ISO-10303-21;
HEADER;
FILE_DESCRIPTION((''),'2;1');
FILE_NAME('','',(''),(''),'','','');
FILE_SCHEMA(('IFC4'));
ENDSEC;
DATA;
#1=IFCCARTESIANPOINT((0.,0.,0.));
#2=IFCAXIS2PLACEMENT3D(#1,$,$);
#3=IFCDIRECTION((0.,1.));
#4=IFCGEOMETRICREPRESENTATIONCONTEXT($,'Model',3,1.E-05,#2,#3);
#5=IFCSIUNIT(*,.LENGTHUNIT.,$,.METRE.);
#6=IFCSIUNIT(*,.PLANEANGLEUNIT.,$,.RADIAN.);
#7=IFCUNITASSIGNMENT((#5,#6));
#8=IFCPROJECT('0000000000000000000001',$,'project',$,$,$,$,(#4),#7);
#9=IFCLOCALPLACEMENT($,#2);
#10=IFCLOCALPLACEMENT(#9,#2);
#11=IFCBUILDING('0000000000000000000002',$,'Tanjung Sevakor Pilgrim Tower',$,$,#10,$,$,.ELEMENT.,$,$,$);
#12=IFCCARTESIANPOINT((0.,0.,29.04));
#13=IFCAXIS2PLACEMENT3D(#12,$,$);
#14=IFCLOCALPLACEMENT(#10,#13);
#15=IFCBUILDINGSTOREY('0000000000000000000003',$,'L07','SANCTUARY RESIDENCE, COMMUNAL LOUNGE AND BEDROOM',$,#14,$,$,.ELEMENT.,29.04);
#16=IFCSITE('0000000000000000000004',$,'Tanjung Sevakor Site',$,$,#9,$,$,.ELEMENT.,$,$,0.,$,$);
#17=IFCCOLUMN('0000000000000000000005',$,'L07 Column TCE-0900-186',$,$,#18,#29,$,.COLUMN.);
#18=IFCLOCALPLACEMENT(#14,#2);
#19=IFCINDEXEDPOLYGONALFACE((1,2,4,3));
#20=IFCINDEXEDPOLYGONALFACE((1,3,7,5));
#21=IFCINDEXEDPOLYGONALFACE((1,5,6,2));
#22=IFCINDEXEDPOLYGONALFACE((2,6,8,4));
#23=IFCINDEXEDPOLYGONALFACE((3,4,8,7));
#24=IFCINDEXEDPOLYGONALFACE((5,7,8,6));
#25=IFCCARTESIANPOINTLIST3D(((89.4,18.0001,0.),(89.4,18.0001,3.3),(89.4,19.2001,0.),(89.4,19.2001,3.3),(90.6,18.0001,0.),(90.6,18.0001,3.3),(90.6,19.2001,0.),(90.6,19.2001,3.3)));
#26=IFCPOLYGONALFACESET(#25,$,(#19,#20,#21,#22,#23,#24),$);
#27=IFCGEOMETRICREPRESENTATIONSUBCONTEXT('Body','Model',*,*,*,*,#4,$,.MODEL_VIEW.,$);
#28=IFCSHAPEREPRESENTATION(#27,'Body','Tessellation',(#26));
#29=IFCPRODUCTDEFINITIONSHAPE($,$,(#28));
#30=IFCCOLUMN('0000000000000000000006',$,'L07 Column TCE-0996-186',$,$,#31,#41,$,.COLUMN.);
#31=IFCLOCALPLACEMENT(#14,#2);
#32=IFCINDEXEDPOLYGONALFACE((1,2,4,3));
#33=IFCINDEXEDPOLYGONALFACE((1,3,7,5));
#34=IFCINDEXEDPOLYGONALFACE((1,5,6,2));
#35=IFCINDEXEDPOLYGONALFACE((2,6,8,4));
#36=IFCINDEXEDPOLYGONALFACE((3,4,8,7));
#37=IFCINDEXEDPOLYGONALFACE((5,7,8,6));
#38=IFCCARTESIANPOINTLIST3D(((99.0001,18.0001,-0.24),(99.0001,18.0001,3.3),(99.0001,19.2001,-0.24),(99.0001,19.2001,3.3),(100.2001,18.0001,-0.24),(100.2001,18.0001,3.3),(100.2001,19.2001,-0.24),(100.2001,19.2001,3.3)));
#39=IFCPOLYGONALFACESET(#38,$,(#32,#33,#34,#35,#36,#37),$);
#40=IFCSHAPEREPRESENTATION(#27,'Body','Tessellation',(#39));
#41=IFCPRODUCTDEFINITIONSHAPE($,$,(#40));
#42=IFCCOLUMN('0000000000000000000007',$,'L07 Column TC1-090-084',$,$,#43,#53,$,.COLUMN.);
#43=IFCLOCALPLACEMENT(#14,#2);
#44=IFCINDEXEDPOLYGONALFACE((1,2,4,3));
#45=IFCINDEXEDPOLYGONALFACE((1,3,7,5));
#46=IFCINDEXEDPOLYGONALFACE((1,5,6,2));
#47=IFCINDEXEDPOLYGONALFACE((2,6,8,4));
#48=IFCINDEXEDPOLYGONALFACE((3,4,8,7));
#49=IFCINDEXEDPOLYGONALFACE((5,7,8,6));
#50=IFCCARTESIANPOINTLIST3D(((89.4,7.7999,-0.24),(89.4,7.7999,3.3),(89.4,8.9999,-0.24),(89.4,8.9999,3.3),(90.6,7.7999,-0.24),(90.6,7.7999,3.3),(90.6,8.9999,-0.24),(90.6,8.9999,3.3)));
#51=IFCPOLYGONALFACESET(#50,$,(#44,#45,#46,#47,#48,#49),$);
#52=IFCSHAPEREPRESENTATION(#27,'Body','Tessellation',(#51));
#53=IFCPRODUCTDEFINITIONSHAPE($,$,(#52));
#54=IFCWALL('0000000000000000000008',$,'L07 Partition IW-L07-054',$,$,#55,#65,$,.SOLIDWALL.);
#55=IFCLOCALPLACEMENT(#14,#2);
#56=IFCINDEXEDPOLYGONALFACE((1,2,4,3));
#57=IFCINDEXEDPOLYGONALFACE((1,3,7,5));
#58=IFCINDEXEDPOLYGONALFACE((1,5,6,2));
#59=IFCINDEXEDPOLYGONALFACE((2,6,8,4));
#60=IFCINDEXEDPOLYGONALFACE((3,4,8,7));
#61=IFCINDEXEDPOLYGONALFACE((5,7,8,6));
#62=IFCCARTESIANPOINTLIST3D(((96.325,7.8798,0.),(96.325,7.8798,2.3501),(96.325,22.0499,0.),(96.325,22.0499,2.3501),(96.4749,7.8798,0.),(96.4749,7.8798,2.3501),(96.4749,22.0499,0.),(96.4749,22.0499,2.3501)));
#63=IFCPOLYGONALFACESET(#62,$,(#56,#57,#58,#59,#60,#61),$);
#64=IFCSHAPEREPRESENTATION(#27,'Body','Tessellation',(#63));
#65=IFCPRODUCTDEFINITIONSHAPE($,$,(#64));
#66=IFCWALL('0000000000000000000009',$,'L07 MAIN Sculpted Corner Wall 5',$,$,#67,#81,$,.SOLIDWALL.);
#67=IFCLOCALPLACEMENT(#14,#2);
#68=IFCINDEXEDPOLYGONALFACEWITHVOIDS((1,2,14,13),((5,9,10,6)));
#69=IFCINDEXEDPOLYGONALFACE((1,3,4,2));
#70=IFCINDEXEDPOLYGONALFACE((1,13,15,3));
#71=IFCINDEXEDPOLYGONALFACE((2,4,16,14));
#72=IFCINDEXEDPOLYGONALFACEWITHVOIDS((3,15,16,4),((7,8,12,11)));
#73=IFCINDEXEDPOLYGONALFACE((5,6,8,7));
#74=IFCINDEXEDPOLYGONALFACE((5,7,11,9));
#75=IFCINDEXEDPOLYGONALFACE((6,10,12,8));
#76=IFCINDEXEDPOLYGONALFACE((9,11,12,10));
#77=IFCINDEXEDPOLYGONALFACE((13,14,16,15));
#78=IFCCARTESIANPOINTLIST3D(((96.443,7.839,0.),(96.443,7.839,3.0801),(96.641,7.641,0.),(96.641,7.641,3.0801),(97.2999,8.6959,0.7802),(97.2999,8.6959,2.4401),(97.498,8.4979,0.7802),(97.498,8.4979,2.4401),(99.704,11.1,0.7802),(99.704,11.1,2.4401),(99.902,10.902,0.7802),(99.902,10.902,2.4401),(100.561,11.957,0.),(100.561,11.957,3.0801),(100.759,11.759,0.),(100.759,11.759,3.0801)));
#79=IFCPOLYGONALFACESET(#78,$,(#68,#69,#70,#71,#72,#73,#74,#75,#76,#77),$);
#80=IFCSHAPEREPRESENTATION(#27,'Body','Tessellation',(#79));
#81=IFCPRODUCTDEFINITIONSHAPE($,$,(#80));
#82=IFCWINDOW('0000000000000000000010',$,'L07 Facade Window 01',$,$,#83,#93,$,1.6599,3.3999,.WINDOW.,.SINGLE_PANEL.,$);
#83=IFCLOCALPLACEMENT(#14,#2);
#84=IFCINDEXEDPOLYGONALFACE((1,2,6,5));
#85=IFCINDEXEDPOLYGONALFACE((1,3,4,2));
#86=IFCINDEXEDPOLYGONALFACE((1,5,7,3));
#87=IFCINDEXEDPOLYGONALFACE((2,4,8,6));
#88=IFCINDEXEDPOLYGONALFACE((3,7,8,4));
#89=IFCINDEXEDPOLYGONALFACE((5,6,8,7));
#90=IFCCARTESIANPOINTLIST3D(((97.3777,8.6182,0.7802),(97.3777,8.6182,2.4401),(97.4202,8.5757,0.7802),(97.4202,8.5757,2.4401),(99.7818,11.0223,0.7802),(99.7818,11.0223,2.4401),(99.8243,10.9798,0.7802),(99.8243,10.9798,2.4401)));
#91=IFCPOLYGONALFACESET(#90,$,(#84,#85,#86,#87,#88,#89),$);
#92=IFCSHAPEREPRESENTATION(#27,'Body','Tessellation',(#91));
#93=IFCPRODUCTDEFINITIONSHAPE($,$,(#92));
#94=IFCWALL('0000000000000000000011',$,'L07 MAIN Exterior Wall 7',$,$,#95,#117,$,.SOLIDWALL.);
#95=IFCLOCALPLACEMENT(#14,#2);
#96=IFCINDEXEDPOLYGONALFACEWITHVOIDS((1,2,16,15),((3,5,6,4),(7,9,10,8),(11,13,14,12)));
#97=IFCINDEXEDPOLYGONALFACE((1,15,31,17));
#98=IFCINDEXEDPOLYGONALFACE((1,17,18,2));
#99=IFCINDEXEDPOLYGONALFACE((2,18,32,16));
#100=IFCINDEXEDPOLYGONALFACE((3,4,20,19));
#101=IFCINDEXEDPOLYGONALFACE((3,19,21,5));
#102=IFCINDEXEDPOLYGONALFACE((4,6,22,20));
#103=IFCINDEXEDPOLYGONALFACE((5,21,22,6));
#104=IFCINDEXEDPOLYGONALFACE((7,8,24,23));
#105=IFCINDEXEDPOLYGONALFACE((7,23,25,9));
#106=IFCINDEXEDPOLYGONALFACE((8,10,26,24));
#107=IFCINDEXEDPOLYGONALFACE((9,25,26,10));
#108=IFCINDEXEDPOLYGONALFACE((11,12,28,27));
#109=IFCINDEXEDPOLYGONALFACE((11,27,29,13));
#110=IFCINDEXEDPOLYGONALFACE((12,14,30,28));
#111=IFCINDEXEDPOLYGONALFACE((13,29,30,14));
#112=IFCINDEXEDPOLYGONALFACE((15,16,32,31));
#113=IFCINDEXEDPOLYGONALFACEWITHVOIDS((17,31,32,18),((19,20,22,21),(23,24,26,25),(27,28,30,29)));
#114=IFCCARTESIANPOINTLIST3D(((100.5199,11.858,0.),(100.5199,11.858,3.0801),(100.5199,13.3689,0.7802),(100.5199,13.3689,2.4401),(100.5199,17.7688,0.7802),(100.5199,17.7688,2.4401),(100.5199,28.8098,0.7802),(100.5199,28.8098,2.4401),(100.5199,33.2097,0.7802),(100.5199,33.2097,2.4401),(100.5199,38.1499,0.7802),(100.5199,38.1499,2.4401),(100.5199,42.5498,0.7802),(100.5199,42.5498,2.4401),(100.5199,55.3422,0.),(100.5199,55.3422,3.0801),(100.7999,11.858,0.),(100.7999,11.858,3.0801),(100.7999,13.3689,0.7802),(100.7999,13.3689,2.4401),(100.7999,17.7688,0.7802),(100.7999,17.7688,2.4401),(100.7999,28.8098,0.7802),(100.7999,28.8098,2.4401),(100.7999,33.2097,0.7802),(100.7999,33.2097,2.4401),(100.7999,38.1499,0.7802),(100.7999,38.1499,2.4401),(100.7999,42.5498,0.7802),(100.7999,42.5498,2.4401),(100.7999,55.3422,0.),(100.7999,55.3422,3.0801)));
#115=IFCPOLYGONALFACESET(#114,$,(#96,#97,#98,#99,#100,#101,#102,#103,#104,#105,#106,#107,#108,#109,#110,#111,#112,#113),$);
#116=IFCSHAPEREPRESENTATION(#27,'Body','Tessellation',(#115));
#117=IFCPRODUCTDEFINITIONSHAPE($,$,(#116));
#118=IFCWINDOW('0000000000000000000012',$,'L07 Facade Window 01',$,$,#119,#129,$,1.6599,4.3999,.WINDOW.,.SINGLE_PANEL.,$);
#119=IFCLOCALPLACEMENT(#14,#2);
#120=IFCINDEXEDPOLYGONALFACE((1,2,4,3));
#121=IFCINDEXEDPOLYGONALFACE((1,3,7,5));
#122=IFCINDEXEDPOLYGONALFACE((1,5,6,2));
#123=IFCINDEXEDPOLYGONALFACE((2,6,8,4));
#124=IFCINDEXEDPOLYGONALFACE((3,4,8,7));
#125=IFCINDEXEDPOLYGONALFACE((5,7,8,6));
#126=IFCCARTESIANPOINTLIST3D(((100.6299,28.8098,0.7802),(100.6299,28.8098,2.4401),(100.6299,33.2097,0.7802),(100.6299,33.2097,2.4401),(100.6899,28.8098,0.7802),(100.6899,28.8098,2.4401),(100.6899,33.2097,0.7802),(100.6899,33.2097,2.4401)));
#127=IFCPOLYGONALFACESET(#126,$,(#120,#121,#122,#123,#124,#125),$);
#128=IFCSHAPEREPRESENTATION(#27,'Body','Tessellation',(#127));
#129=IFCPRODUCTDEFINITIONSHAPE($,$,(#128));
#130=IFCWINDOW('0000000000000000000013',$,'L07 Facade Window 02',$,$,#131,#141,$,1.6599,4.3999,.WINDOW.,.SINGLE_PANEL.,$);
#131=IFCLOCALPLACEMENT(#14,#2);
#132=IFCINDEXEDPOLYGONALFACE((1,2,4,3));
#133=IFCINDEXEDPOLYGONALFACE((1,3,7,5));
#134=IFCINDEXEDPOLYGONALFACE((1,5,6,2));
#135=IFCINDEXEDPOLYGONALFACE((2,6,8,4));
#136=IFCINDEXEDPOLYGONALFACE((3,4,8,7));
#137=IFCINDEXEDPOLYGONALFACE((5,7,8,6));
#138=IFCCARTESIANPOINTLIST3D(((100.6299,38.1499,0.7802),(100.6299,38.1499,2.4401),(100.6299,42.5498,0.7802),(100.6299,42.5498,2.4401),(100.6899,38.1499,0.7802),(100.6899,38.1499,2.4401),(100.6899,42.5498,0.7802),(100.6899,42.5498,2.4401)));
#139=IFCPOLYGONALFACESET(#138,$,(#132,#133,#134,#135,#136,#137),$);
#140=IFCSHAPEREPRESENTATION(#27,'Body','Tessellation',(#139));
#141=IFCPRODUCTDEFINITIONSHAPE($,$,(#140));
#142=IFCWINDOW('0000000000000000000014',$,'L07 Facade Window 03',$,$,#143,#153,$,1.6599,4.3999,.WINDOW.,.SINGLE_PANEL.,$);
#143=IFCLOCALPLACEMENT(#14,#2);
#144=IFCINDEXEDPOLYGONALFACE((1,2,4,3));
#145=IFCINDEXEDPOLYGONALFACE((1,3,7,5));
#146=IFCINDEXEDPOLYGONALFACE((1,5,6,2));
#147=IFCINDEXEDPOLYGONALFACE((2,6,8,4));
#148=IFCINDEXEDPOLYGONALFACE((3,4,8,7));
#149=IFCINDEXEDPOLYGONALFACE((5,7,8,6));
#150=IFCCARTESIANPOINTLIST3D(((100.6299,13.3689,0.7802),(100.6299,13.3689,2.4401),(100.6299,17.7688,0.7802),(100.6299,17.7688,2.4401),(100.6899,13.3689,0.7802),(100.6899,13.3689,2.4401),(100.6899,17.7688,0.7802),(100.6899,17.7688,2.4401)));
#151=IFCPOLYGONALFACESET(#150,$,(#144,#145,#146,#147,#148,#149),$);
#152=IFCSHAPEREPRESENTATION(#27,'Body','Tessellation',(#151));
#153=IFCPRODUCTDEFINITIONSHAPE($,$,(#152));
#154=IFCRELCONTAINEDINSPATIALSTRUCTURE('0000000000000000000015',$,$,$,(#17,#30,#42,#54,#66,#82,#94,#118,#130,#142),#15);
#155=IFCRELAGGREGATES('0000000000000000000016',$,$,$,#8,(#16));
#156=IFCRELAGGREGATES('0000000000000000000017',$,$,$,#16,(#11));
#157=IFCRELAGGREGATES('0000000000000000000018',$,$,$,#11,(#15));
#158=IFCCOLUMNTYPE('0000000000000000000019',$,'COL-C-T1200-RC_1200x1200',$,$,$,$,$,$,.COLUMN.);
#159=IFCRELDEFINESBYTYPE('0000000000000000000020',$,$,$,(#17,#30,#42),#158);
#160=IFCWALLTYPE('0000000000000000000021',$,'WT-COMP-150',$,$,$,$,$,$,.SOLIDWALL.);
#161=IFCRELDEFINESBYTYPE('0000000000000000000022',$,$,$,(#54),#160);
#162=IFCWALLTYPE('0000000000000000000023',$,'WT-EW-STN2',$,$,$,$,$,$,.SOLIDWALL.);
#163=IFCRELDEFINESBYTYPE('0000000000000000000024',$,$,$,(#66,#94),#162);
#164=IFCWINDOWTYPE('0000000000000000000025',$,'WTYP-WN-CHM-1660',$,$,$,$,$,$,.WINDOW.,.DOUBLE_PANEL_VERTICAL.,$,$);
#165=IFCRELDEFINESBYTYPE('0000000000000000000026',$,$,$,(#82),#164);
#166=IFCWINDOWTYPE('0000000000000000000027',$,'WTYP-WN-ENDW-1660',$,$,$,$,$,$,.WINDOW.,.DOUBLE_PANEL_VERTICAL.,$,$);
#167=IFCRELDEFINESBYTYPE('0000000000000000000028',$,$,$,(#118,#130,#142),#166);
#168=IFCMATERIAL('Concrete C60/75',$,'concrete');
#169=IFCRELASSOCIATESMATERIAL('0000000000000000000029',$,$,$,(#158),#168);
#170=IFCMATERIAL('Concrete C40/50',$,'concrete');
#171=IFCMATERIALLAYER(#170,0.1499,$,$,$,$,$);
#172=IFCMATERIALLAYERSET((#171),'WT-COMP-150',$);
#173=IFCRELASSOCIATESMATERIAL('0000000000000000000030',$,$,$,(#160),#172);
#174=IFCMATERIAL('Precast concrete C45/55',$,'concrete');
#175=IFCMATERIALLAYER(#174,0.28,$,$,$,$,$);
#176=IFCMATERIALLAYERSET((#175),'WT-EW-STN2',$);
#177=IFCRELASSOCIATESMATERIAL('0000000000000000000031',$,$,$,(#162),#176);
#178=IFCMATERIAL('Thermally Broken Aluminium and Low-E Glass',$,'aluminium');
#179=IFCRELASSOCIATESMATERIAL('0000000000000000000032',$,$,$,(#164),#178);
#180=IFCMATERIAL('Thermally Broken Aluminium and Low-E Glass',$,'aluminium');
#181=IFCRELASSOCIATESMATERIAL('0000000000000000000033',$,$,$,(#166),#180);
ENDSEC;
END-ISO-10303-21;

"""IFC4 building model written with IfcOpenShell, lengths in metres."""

from ifc_helpers import new_model, si_unit, direction, frame, frame_2d, origin, origin_2d, place, context, subcontext, project, spatial, rectangle, extrude, material, layer, layer_set, material_profile, profile_set, type_object, element, fill, save


model = new_model("IFC4")

# Units and contexts
model_context = context("Model", 3, precision=1e-05, world=origin(), true_north=direction((0.0, 1.0)))
body_context = subcontext(model_context, "Body", "Model", "MODEL_VIEW")
ifc_project = project(units=[si_unit("LENGTHUNIT", "METRE"), si_unit("PLANEANGLEUNIT", "RADIAN")], contexts=[model_context])

# Site, building, storey
site_placement = place(None, origin())
site = spatial("IfcSite", under=ifc_project, at=site_placement, Name="Tanjung Sevakor Site", CompositionType="ELEMENT", RefElevation=0.0)
building_placement = place(site_placement, origin())
building = spatial("IfcBuilding", under=site, at=building_placement, Name="Tanjung Sevakor Pilgrim Tower", CompositionType="ELEMENT")
storey_placement = place(building_placement, frame((0.0, 0.0, 29.04)))
storey = spatial("IfcBuildingStorey", under=building, at=storey_placement, Name="L07", Description="SANCTUARY RESIDENCE, COMMUNAL LOUNGE AND BEDROOM", CompositionType="ELEMENT", Elevation=29.04)

# Columns
ifc_material_1 = material(Name="Concrete C60/75", Category="concrete")
ifc_material_profile = material_profile(ifc_material_1, rectangle(XDim=1.2, YDim=1.2, at=origin_2d()))
ifc_profile_set = profile_set([ifc_material_profile], Name="Concrete C60/75")
column_type = type_object("IfcColumnType", Name="COL-C-T1200-RC_1200x1200", PredefinedType="COLUMN", material=ifc_profile_set)
column_placement = place(storey_placement, frame((90.0, 18.6001, 0.0), z_axis=(0.0, 0.0, 1.0), x_axis=(1.0, 0.0, 0.0)))
element("IfcColumn", 1, at=column_placement, inside=storey, type_object=column_type, Name="L07 Column TCE-0900-186", PredefinedType="COLUMN", context=body_context, shape_type="SweptSolid", body=[
    extrude(rectangle(XDim=1.2, YDim=1.2, at=origin_2d()), origin(), (0.0, 0.0, 1.0), 3.3),
])
for number, where, z_axis, x_axis, name in (
    (2, (99.6001, 18.6001, -0.24), (0.0, 0.0, 1.0), (1.0, 0.0, 0.0), "L07 Column TCE-0996-186"),
    (3, (90.0, 8.3999, -0.24), (0.0, 0.0, 1.0), (1.0, 0.0, 0.0), "L07 Column TC1-090-084"),
):
    element("IfcColumn", number, at=place(storey_placement, frame(where, z_axis=z_axis, x_axis=x_axis)), inside=storey, type_object=column_type, Name=name, PredefinedType="COLUMN", context=body_context, shape_type="SweptSolid", body=[
        extrude(rectangle(XDim=1.2, YDim=1.2, at=origin_2d()), origin(), (0.0, 0.0, 1.0), 3.54),
    ])

# Wall
ifc_material_2 = material(Name="Concrete C40/50", Category="concrete")
ifc_layer_1 = layer(ifc_material_2, 0.1499)
ifc_layer_set_1 = layer_set([ifc_layer_1], Name="WT-COMP-150")
wall_type_1 = type_object("IfcWallType", Name="WT-COMP-150", PredefinedType="SOLIDWALL", material=ifc_layer_set_1)
wall_1_placement = place(storey_placement, frame((96.3999, 7.8799, 0.0), z_axis=(0.0, 0.0, 1.0), x_axis=(0.0, 1.0, 0.0)))
element("IfcWall", 4, at=wall_1_placement, inside=storey, type_object=wall_type_1, Name="L07 Partition IW-L07-054", PredefinedType="SOLIDWALL", context=body_context, shape_type="SweptSolid", body=[
    extrude(rectangle(XDim=14.1702, YDim=0.1499, at=frame_2d((7.085, 0.0))), origin(), (0.0, 0.0, 1.0), 2.3501),
])

# Wall, opening, window
ifc_material_3 = material(Name="Precast concrete C45/55", Category="concrete")
ifc_layer_2 = layer(ifc_material_3, 0.28)
ifc_layer_set_2 = layer_set([ifc_layer_2], Name="WT-EW-STN2")
wall_type_2 = type_object("IfcWallType", Name="WT-EW-STN2", PredefinedType="SOLIDWALL", material=ifc_layer_set_2)
wall_2_placement = place(storey_placement, frame((96.542, 7.74, 0.0), z_axis=(0.0, 0.0, 1.0), x_axis=(0.707107, 0.707107, 0.0)))
wall_2 = element("IfcWall", 5, at=wall_2_placement, inside=storey, type_object=wall_type_2, Name="L07 MAIN Sculpted Corner Wall 5", PredefinedType="SOLIDWALL", context=body_context, shape_type="SweptSolid", body=[
    extrude(rectangle(XDim=5.8237, YDim=0.28, at=frame_2d((2.9119, 0.0))), origin(), (0.0, 0.0, 1.0), 3.0801),
])
opening_1_placement = place(wall_2_placement, frame((1.2119, 0.0, 0.78)))
opening_1 = element("IfcOpeningElement", 6, at=opening_1_placement, cuts=wall_2, PredefinedType="OPENING", context=body_context, shape_type="SweptSolid", body=[
    extrude(rectangle(XDim=3.3999, YDim=1.6599, at=frame_2d((1.7, 0.8301))), frame((0.0, 0.1499, 0.0), z_axis=(0.0, -1.0, 0.0), x_axis=(1.0, 0.0, 0.0)), (0.0, 0.0, 1.0), 0.3),
])
ifc_material_4 = material(Name="Thermally Broken Aluminium and Low-E Glass", Category="aluminium")
window_type_1 = type_object("IfcWindowType", Name="WTYP-WN-CHM-1660", PartitioningType="DOUBLE_PANEL_VERTICAL", PredefinedType="WINDOW", material=ifc_material_4)
window_1_placement = place(opening_1_placement, origin())
window_1 = element("IfcWindow", 7, at=window_1_placement, inside=storey, type_object=window_type_1, Name="L07 Facade Window 01", OverallHeight=1.6599, OverallWidth=3.3999, PartitioningType="SINGLE_PANEL", PredefinedType="WINDOW", context=body_context, shape_type="SweptSolid", body=[
    extrude(rectangle(XDim=3.3999, YDim=1.6599, at=frame_2d((1.7, 0.8301))), frame((0.0, 0.03, 0.0), z_axis=(0.0, -1.0, 0.0), x_axis=(1.0, 0.0, 0.0)), (0.0, 0.0, 1.0), 0.0601),
])
fill(opening_1, window_1)

# Wall, openings, windows
wall_3_placement = place(storey_placement, frame((100.6599, 11.8579, 0.0), z_axis=(0.0, 0.0, 1.0), x_axis=(0.0, 1.0, 0.0)))
wall_3 = element("IfcWall", 8, at=wall_3_placement, inside=storey, type_object=wall_type_2, Name="L07 MAIN Exterior Wall 7", PredefinedType="SOLIDWALL", context=body_context, shape_type="SweptSolid", body=[
    extrude(rectangle(XDim=43.4841, YDim=0.28, at=frame_2d((21.7422, 0.0))), origin(), (0.0, 0.0, 1.0), 3.0801),
])
opening_2_placement = place(wall_3_placement, frame((16.9519, 0.0, 0.78)))
opening_2 = element("IfcOpeningElement", 9, at=opening_2_placement, cuts=wall_3, PredefinedType="OPENING", context=body_context, shape_type="SweptSolid", body=[
    extrude(rectangle(XDim=4.3999, YDim=1.6599, at=frame_2d((2.2, 0.8301))), frame((0.0, 0.1499, 0.0), z_axis=(0.0, -1.0, 0.0), x_axis=(1.0, 0.0, 0.0)), (0.0, 0.0, 1.0), 0.3),
])
opening_3_placement = place(wall_3_placement, frame((26.292, 0.0, 0.78)))
opening_3 = element("IfcOpeningElement", 10, at=opening_3_placement, cuts=wall_3, PredefinedType="OPENING", context=body_context, shape_type="SweptSolid", body=[
    extrude(rectangle(XDim=4.3999, YDim=1.6599, at=frame_2d((2.2, 0.8301))), frame((0.0, 0.1499, 0.0), z_axis=(0.0, -1.0, 0.0), x_axis=(1.0, 0.0, 0.0)), (0.0, 0.0, 1.0), 0.3),
])
opening_4_placement = place(wall_3_placement, frame((1.511, 0.0, 0.78)))
opening_4 = element("IfcOpeningElement", 11, at=opening_4_placement, cuts=wall_3, PredefinedType="OPENING", context=body_context, shape_type="SweptSolid", body=[
    extrude(rectangle(XDim=4.3999, YDim=1.6599, at=frame_2d((2.2, 0.8301))), frame((0.0, 0.1499, 0.0), z_axis=(0.0, -1.0, 0.0), x_axis=(1.0, 0.0, 0.0)), (0.0, 0.0, 1.0), 0.3),
])
ifc_material_5 = material(Name="Thermally Broken Aluminium and Low-E Glass", Category="aluminium")
window_type_2 = type_object("IfcWindowType", Name="WTYP-WN-ENDW-1660", PartitioningType="DOUBLE_PANEL_VERTICAL", PredefinedType="WINDOW", material=ifc_material_5)
window_2_placement = place(opening_2_placement, origin())
window_2 = element("IfcWindow", 12, at=window_2_placement, inside=storey, type_object=window_type_2, Name="L07 Facade Window 01", OverallHeight=1.6599, OverallWidth=4.3999, PartitioningType="SINGLE_PANEL", PredefinedType="WINDOW", context=body_context, shape_type="SweptSolid", body=[
    extrude(rectangle(XDim=4.3999, YDim=1.6599, at=frame_2d((2.2, 0.8301))), frame((0.0, 0.03, 0.0), z_axis=(0.0, -1.0, 0.0), x_axis=(1.0, 0.0, 0.0)), (0.0, 0.0, 1.0), 0.0601),
])
fill(opening_2, window_2)
window_3_placement = place(opening_3_placement, origin())
window_3 = element("IfcWindow", 13, at=window_3_placement, inside=storey, type_object=window_type_2, Name="L07 Facade Window 02", OverallHeight=1.6599, OverallWidth=4.3999, PartitioningType="SINGLE_PANEL", PredefinedType="WINDOW", context=body_context, shape_type="SweptSolid", body=[
    extrude(rectangle(XDim=4.3999, YDim=1.6599, at=frame_2d((2.2, 0.8301))), frame((0.0, 0.03, 0.0), z_axis=(0.0, -1.0, 0.0), x_axis=(1.0, 0.0, 0.0)), (0.0, 0.0, 1.0), 0.0601),
])
fill(opening_3, window_3)
window_4_placement = place(opening_4_placement, origin())
window_4 = element("IfcWindow", 14, at=window_4_placement, inside=storey, type_object=window_type_2, Name="L07 Facade Window 03", OverallHeight=1.6599, OverallWidth=4.3999, PartitioningType="SINGLE_PANEL", PredefinedType="WINDOW", context=body_context, shape_type="SweptSolid", body=[
    extrude(rectangle(XDim=4.3999, YDim=1.6599, at=frame_2d((2.2, 0.8301))), frame((0.0, 0.03, 0.0), z_axis=(0.0, -1.0, 0.0), x_axis=(1.0, 0.0, 0.0)), (0.0, 0.0, 1.0), 0.0601),
])
fill(opening_4, window_4)

save(model, "model.ifc")
